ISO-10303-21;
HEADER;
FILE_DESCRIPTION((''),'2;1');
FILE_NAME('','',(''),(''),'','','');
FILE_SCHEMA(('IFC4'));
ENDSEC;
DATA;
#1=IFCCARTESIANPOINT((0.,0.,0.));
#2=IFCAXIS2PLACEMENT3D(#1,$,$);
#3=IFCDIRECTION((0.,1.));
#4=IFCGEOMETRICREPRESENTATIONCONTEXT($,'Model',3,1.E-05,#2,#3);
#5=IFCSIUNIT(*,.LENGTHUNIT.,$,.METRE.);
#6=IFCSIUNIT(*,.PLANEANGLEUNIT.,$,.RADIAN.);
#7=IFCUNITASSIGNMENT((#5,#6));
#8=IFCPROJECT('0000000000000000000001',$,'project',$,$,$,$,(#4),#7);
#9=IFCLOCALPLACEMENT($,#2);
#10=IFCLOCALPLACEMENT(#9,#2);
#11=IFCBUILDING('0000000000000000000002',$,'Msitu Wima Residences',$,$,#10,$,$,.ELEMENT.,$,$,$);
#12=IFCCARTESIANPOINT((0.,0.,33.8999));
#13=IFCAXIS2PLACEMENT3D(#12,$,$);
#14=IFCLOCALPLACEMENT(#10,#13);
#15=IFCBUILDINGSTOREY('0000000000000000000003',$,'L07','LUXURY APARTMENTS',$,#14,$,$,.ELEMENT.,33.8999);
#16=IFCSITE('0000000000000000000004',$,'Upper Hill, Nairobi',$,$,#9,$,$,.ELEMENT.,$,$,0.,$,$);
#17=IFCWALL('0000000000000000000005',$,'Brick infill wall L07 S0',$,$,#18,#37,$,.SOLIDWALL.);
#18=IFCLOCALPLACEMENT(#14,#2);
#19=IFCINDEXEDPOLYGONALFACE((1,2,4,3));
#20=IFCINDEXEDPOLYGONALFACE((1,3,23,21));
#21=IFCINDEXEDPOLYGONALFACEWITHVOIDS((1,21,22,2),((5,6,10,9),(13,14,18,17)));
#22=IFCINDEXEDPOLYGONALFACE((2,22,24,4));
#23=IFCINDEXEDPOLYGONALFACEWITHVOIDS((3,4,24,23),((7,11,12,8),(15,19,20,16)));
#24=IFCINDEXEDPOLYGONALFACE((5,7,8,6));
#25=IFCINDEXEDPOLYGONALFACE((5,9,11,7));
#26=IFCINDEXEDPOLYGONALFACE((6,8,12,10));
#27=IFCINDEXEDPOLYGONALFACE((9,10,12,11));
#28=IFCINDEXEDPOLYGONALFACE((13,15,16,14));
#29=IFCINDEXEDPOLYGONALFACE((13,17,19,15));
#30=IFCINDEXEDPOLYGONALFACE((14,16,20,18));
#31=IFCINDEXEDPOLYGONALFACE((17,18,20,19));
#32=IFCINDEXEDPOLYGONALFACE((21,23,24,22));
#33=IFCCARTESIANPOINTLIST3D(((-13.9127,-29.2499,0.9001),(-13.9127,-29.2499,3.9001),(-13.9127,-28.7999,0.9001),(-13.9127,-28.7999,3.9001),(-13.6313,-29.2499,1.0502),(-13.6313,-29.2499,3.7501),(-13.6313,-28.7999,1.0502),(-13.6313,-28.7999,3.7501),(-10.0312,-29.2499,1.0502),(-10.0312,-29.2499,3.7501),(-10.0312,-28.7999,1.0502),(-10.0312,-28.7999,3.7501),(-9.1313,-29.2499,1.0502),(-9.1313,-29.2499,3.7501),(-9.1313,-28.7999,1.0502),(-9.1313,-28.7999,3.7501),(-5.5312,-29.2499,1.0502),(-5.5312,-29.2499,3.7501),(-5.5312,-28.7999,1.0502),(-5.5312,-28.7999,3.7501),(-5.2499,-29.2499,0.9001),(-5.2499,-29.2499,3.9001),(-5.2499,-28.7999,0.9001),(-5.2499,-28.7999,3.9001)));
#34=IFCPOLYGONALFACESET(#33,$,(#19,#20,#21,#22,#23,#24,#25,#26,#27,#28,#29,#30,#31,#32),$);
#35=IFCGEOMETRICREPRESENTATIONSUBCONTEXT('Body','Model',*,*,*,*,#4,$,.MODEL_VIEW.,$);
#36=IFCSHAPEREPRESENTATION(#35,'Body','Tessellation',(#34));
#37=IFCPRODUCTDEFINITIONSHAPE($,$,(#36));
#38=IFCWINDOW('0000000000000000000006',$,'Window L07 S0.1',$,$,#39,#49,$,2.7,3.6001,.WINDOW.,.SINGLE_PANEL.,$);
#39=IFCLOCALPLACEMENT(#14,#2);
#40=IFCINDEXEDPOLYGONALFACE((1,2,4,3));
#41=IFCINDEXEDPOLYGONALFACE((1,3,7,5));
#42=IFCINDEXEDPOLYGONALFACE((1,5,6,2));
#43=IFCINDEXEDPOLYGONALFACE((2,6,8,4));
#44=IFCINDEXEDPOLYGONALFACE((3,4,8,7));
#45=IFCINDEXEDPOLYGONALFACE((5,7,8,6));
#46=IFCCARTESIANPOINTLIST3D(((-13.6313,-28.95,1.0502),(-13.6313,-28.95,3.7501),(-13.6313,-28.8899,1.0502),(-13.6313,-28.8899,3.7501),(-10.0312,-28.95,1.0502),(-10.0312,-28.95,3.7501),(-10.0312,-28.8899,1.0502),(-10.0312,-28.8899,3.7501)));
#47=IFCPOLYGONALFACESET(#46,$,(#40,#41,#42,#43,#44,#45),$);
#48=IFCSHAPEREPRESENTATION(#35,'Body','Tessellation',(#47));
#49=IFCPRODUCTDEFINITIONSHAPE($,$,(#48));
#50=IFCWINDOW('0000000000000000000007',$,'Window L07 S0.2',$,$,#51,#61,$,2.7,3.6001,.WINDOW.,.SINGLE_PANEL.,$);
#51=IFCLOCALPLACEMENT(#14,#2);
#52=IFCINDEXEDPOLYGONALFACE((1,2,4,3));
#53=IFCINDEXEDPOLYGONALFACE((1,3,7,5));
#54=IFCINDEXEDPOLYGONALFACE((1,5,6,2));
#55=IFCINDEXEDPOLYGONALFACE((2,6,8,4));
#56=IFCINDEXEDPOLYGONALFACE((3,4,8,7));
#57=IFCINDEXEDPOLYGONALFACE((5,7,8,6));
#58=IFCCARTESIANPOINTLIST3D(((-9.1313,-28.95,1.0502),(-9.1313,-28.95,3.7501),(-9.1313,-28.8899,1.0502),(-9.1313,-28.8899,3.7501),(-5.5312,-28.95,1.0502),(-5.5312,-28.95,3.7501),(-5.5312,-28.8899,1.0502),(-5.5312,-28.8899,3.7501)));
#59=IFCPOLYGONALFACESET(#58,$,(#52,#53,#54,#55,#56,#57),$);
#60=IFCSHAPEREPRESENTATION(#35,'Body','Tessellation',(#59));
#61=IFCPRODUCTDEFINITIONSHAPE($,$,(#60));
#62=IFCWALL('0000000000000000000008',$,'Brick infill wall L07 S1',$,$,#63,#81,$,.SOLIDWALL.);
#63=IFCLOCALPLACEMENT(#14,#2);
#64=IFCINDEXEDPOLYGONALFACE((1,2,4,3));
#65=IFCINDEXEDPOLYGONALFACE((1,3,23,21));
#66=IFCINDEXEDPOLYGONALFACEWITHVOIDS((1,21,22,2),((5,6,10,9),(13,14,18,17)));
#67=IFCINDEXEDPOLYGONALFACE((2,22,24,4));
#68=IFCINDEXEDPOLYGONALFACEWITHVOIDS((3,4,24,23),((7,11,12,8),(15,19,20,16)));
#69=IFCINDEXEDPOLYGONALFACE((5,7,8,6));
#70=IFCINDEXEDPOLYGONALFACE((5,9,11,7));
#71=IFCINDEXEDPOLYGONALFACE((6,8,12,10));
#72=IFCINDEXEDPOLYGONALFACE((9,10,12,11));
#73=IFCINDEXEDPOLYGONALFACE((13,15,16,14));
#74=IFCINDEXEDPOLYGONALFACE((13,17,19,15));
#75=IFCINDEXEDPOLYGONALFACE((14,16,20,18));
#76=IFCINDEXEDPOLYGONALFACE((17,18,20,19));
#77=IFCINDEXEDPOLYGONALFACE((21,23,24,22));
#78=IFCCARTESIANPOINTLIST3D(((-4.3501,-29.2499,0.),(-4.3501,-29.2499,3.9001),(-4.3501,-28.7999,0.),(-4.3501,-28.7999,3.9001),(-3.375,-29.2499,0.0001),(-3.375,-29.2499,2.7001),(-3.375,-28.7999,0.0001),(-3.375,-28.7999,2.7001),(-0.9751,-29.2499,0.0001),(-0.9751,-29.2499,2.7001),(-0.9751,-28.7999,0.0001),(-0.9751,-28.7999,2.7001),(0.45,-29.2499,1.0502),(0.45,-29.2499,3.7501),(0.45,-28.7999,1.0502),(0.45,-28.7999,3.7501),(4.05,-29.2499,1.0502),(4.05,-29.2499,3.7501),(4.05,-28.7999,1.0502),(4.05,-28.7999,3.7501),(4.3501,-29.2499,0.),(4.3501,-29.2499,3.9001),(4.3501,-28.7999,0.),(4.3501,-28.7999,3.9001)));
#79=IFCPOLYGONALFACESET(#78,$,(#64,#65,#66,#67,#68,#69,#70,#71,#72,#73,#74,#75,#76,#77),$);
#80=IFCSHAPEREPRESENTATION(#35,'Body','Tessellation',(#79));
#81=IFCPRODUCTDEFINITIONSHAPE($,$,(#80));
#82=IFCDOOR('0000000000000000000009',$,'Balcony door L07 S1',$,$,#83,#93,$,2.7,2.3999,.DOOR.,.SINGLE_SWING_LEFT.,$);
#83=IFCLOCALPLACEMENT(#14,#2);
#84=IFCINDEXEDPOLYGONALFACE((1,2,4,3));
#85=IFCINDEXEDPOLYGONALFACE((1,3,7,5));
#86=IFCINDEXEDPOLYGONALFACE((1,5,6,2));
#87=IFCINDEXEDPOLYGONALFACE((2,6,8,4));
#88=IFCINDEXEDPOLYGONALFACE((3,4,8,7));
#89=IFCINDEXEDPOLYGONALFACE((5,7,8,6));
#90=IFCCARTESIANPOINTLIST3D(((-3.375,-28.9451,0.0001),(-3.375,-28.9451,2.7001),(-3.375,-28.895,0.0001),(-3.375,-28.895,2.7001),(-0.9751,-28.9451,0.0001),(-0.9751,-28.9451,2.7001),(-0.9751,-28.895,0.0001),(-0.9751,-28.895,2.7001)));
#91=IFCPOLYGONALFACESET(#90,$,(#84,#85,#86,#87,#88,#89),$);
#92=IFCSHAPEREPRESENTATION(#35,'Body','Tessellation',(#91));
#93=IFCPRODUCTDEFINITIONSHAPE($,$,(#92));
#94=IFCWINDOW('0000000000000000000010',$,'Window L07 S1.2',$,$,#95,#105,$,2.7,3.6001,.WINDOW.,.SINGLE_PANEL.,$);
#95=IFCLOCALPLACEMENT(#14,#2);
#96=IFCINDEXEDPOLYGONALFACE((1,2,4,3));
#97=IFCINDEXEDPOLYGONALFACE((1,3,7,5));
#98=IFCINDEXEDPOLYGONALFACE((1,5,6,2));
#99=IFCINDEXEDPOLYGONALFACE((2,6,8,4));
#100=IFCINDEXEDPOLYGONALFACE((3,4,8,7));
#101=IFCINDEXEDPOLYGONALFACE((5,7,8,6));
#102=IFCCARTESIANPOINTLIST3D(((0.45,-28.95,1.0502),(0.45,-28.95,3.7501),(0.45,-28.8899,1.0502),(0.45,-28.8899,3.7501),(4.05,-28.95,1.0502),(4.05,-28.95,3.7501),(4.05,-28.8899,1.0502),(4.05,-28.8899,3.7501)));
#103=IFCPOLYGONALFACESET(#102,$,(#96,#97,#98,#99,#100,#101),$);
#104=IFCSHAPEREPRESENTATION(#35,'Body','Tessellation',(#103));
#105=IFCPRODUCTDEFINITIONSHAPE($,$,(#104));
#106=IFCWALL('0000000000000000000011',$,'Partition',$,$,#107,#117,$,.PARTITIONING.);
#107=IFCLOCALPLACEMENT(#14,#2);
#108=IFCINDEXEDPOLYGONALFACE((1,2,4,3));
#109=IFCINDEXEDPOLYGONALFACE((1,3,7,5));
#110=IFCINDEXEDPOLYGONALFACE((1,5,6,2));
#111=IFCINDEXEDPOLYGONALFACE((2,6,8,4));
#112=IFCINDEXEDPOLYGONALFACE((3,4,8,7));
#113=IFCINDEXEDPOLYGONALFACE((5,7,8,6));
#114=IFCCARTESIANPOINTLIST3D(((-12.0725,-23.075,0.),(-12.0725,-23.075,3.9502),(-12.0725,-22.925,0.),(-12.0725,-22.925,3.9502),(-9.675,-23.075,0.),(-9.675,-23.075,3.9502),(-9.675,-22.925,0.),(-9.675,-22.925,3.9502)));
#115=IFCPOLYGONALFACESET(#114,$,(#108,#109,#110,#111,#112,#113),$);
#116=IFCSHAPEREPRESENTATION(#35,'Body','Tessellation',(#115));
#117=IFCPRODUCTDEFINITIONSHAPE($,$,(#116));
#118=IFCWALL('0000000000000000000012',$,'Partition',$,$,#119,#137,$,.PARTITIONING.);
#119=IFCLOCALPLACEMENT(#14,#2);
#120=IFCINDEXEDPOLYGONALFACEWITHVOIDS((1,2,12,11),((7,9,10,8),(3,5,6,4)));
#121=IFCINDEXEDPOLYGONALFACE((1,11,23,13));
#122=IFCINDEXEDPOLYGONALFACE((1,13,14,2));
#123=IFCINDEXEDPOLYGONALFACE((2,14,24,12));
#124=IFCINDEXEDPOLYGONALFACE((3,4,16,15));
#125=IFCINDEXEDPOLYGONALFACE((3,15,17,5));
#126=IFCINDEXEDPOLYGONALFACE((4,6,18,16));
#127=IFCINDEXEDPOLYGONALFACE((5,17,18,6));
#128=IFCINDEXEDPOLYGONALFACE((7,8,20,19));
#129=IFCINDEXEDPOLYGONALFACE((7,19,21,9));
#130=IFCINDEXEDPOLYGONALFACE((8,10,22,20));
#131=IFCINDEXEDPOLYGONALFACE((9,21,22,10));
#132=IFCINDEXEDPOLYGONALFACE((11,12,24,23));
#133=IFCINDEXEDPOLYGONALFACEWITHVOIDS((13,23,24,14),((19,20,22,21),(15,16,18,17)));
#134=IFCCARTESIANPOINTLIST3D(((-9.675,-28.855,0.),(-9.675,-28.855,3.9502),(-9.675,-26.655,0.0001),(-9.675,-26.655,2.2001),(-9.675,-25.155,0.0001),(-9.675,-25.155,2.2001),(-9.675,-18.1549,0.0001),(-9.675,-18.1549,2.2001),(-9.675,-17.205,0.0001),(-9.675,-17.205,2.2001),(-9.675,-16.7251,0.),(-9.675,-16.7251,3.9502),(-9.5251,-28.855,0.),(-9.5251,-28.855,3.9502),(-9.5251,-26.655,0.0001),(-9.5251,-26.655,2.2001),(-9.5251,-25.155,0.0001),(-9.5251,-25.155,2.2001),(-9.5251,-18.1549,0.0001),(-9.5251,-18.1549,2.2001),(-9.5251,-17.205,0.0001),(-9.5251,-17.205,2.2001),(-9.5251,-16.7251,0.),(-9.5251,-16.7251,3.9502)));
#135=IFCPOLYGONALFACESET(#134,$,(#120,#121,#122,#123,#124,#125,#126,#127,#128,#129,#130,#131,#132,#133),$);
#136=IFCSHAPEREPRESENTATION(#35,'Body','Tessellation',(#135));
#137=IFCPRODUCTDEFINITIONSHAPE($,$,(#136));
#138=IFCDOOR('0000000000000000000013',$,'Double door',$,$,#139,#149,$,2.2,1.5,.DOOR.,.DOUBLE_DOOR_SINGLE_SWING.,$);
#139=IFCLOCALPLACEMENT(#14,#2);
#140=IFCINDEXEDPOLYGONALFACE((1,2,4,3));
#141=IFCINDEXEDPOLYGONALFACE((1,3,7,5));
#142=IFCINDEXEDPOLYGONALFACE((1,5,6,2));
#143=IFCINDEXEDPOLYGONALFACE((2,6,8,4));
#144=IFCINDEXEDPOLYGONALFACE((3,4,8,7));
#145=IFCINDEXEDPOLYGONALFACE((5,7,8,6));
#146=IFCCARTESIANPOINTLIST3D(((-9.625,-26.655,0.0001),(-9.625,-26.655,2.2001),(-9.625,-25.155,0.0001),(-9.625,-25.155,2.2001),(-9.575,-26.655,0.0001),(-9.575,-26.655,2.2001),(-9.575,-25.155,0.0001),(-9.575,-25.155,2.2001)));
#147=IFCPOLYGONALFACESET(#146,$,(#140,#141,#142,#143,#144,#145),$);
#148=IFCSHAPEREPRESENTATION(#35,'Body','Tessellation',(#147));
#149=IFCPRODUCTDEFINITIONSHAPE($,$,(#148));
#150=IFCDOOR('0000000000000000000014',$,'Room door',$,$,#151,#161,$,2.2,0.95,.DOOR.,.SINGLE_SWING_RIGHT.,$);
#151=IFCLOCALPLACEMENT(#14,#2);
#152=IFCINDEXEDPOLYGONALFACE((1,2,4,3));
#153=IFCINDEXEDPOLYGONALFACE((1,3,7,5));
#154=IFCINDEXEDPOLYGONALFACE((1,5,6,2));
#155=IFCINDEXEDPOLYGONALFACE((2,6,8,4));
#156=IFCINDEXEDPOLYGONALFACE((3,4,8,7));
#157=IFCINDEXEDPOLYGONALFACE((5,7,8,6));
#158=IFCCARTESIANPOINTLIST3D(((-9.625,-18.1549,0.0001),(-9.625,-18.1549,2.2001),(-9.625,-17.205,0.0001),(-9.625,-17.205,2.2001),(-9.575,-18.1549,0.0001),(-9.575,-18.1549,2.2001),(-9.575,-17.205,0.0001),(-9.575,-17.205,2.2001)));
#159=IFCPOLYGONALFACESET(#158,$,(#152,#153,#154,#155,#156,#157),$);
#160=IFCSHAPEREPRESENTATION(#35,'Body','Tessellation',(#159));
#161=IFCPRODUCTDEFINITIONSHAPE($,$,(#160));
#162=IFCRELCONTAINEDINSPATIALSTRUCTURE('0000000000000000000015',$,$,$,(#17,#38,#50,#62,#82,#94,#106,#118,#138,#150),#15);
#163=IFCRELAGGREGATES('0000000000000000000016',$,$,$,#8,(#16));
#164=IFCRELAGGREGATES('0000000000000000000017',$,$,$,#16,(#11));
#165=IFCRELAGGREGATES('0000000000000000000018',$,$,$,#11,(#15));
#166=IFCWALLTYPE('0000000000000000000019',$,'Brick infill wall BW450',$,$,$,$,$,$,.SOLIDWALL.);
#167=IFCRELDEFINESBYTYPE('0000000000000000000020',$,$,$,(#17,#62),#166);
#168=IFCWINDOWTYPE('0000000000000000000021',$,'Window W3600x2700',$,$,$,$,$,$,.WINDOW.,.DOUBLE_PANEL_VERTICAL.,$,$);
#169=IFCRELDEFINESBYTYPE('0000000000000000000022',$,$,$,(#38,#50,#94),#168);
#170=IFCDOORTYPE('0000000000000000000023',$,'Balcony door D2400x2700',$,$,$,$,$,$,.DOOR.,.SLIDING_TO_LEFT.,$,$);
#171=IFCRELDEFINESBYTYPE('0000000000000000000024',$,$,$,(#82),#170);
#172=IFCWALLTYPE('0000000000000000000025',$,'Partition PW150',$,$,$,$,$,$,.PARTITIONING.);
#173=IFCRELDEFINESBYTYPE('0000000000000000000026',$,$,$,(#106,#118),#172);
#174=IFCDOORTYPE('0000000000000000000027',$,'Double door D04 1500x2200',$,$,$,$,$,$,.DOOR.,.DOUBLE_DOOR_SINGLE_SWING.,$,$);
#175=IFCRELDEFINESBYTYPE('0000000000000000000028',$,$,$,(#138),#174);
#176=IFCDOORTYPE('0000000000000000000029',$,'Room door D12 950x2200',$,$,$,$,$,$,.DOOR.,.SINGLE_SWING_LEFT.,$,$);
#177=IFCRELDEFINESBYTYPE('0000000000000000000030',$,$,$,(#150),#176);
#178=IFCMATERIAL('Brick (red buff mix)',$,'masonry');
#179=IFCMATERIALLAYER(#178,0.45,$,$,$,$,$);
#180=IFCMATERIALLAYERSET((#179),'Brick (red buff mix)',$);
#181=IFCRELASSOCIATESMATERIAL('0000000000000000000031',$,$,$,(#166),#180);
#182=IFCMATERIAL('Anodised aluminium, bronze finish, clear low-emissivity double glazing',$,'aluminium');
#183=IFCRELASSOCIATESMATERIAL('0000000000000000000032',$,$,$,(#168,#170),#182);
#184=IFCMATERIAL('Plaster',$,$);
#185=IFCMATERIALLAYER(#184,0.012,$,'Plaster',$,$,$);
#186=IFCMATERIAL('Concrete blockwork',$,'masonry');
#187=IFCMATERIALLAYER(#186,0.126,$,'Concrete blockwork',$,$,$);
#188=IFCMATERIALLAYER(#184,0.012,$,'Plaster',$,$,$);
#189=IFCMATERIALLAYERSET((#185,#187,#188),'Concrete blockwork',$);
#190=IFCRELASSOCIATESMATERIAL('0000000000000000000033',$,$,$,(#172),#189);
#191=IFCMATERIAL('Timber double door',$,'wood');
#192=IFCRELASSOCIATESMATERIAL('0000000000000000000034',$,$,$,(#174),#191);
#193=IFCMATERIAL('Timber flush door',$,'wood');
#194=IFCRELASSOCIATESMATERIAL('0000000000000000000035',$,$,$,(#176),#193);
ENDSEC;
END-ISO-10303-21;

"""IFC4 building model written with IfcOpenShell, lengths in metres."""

from ifc_helpers import new_model, si_unit, direction, frame, frame_2d, origin, place, context, subcontext, project, spatial, rectangle, extrude, material, layer, layer_set, type_object, element, fill, save


model = new_model("IFC4")

# Units and contexts
model_context = context("Model", 3, precision=1e-05, world=origin(), true_north=direction((0.0, 1.0)))
body_context = subcontext(model_context, "Body", "Model", "MODEL_VIEW")
ifc_project = project(units=[si_unit("LENGTHUNIT", "METRE"), si_unit("PLANEANGLEUNIT", "RADIAN")], contexts=[model_context])

# Site, building, storey
site_placement = place(None, origin())
site = spatial("IfcSite", under=ifc_project, at=site_placement, Name="Upper Hill, Nairobi", CompositionType="ELEMENT", RefElevation=0.0)
building_placement = place(site_placement, origin())
building = spatial("IfcBuilding", under=site, at=building_placement, Name="Msitu Wima Residences", CompositionType="ELEMENT")
storey_placement = place(building_placement, frame((0.0, 0.0, 33.8999)))
storey = spatial("IfcBuildingStorey", under=building, at=storey_placement, Name="L07", Description="LUXURY APARTMENTS", CompositionType="ELEMENT", Elevation=33.8999)

# Wall, openings, windows
ifc_material_1 = material(Name="Brick (red buff mix)", Category="masonry")
ifc_layer_1 = layer(ifc_material_1, 0.45)
ifc_layer_set_1 = layer_set([ifc_layer_1], Name="Brick (red buff mix)")
wall_type_1 = type_object("IfcWallType", Name="Brick infill wall BW450", PredefinedType="SOLIDWALL", material=ifc_layer_set_1)
wall_1_placement = place(storey_placement, frame((-13.9128, -29.0249, 0.9001), z_axis=(0.0, 0.0, 1.0), x_axis=(1.0, 0.0, 0.0)))
wall_1 = element("IfcWall", 1, at=wall_1_placement, inside=storey, type_object=wall_type_1, Name="Brick infill wall L07 S0", PredefinedType="SOLIDWALL", context=body_context, shape_type="SweptSolid", body=[
    extrude(rectangle(XDim=8.6628, YDim=0.45, at=frame_2d((4.3315, 0.0))), origin(), (0.0, 0.0, 1.0), 3.0),
])
opening_1_placement = place(wall_1_placement, frame((0.2815, 0.0, 0.1499)))
opening_1 = element("IfcOpeningElement", 2, at=opening_1_placement, cuts=wall_1, PredefinedType="OPENING", context=body_context, shape_type="SweptSolid", body=[
    extrude(rectangle(XDim=3.6001, YDim=2.7, at=frame_2d((1.8, 1.3501))), frame((0.0, 0.2349, 0.0), z_axis=(0.0, -1.0, 0.0), x_axis=(1.0, 0.0, 0.0)), (0.0, 0.0, 1.0), 0.47),
])
opening_2_placement = place(wall_1_placement, frame((4.7815, 0.0, 0.1499)))
opening_2 = element("IfcOpeningElement", 3, at=opening_2_placement, cuts=wall_1, PredefinedType="OPENING", context=body_context, shape_type="SweptSolid", body=[
    extrude(rectangle(XDim=3.6001, YDim=2.7, at=frame_2d((1.8, 1.3501))), frame((0.0, 0.2349, 0.0), z_axis=(0.0, -1.0, 0.0), x_axis=(1.0, 0.0, 0.0)), (0.0, 0.0, 1.0), 0.47),
])
ifc_material_2 = material(Name="Anodised aluminium, bronze finish, clear low-emissivity double glazing", Category="aluminium")
window_type = type_object("IfcWindowType", Name="Window W3600x2700", PartitioningType="DOUBLE_PANEL_VERTICAL", PredefinedType="WINDOW", material=ifc_material_2)
window_1_placement = place(opening_1_placement, origin())
window_1 = element("IfcWindow", 4, at=window_1_placement, inside=storey, type_object=window_type, Name="Window L07 S0.1", OverallHeight=2.7, OverallWidth=3.6001, PartitioningType="SINGLE_PANEL", PredefinedType="WINDOW", context=body_context, shape_type="SweptSolid", body=[
    extrude(rectangle(XDim=3.6001, YDim=2.7, at=frame_2d((1.8, 1.3501))), frame((0.0, 0.135, 0.0), z_axis=(0.0, -1.0, 0.0), x_axis=(1.0, 0.0, 0.0)), (0.0, 0.0, 1.0), 0.0601),
])
fill(opening_1, window_1)
window_2_placement = place(opening_2_placement, origin())
window_2 = element("IfcWindow", 5, at=window_2_placement, inside=storey, type_object=window_type, Name="Window L07 S0.2", OverallHeight=2.7, OverallWidth=3.6001, PartitioningType="SINGLE_PANEL", PredefinedType="WINDOW", context=body_context, shape_type="SweptSolid", body=[
    extrude(rectangle(XDim=3.6001, YDim=2.7, at=frame_2d((1.8, 1.3501))), frame((0.0, 0.135, 0.0), z_axis=(0.0, -1.0, 0.0), x_axis=(1.0, 0.0, 0.0)), (0.0, 0.0, 1.0), 0.0601),
])
fill(opening_2, window_2)

# Wall, openings, door, window
wall_2_placement = place(storey_placement, frame((-4.3501, -29.0249, 0.0), z_axis=(0.0, 0.0, 1.0), x_axis=(1.0, 0.0, 0.0)))
wall_2 = element("IfcWall", 6, at=wall_2_placement, inside=storey, type_object=wall_type_1, Name="Brick infill wall L07 S1", PredefinedType="SOLIDWALL", context=body_context, shape_type="SweptSolid", body=[
    extrude(rectangle(XDim=8.7002, YDim=0.45, at=frame_2d((4.3501, 0.0))), origin(), (0.0, 0.0, 1.0), 3.9001),
])
opening_3_placement = place(wall_2_placement, frame((0.9751, 0.0, 0.0)))
opening_3 = element("IfcOpeningElement", 7, at=opening_3_placement, cuts=wall_2, PredefinedType="OPENING", context=body_context, shape_type="SweptSolid", body=[
    extrude(rectangle(XDim=2.3999, YDim=2.7, at=frame_2d((1.2, 1.3501))), frame((0.0, 0.2349, 0.0), z_axis=(0.0, -1.0, 0.0), x_axis=(1.0, 0.0, 0.0)), (0.0, 0.0, 1.0), 0.47),
])
opening_4_placement = place(wall_2_placement, frame((4.8, 0.0, 1.05)))
opening_4 = element("IfcOpeningElement", 8, at=opening_4_placement, cuts=wall_2, PredefinedType="OPENING", context=body_context, shape_type="SweptSolid", body=[
    extrude(rectangle(XDim=3.6001, YDim=2.7, at=frame_2d((1.8, 1.3501))), frame((0.0, 0.2349, 0.0), z_axis=(0.0, -1.0, 0.0), x_axis=(1.0, 0.0, 0.0)), (0.0, 0.0, 1.0), 0.47),
])
door_type_1 = type_object("IfcDoorType", Name="Balcony door D2400x2700", OperationType="SLIDING_TO_LEFT", PredefinedType="DOOR", material=ifc_material_2)
door_1_placement = place(opening_3_placement, origin())
door_1 = element("IfcDoor", 9, at=door_1_placement, inside=storey, type_object=door_type_1, Name="Balcony door L07 S1", OperationType="SINGLE_SWING_LEFT", OverallHeight=2.7, OverallWidth=2.3999, PredefinedType="DOOR", context=body_context, shape_type="SweptSolid", body=[
    extrude(rectangle(XDim=2.3999, YDim=2.7, at=frame_2d((1.2, 1.3501))), frame((0.0, 0.1299, 0.0), z_axis=(0.0, -1.0, 0.0), x_axis=(1.0, 0.0, 0.0)), (0.0, 0.0, 1.0), 0.05),
])
fill(opening_3, door_1)
window_3_placement = place(opening_4_placement, origin())
window_3 = element("IfcWindow", 10, at=window_3_placement, inside=storey, type_object=window_type, Name="Window L07 S1.2", OverallHeight=2.7, OverallWidth=3.6001, PartitioningType="SINGLE_PANEL", PredefinedType="WINDOW", context=body_context, shape_type="SweptSolid", body=[
    extrude(rectangle(XDim=3.6001, YDim=2.7, at=frame_2d((1.8, 1.3501))), frame((0.0, 0.135, 0.0), z_axis=(0.0, -1.0, 0.0), x_axis=(1.0, 0.0, 0.0)), (0.0, 0.0, 1.0), 0.0601),
])
fill(opening_4, window_3)

# Wall
ifc_material_3 = material(Name="Plaster")
ifc_layer_2 = layer(ifc_material_3, 0.012, Name="Plaster")
ifc_material_4 = material(Name="Concrete blockwork", Category="masonry")
ifc_layer_3 = layer(ifc_material_4, 0.126, Name="Concrete blockwork")
ifc_layer_4 = layer(ifc_material_3, 0.012, Name="Plaster")
ifc_layer_set_2 = layer_set([ifc_layer_2, ifc_layer_3, ifc_layer_4], Name="Concrete blockwork")
wall_type_2 = type_object("IfcWallType", Name="Partition PW150", PredefinedType="PARTITIONING", material=ifc_layer_set_2)
wall_3_placement = place(storey_placement, frame((-12.0725, -23.0, 0.0), z_axis=(0.0, 0.0, 1.0), x_axis=(1.0, 0.0, 0.0)))
element("IfcWall", 11, at=wall_3_placement, inside=storey, type_object=wall_type_2, Name="Partition", PredefinedType="PARTITIONING", context=body_context, shape_type="SweptSolid", body=[
    extrude(rectangle(XDim=2.3975, YDim=0.1499, at=frame_2d((1.1987, 0.0))), origin(), (0.0, 0.0, 1.0), 3.9502),
])

# Wall, openings, doors
wall_4_placement = place(storey_placement, frame((-9.6001, -28.855, 0.0), z_axis=(0.0, 0.0, 1.0), x_axis=(0.0, 1.0, 0.0)))
wall_4 = element("IfcWall", 12, at=wall_4_placement, inside=storey, type_object=wall_type_2, Name="Partition", PredefinedType="PARTITIONING", context=body_context, shape_type="SweptSolid", body=[
    extrude(rectangle(XDim=12.1299, YDim=0.1499, at=frame_2d((6.0649, 0.0))), origin(), (0.0, 0.0, 1.0), 3.9502),
])
opening_5_placement = place(wall_4_placement, frame((10.7, 0.0, 0.0)))
opening_5 = element("IfcOpeningElement", 13, at=opening_5_placement, cuts=wall_4, PredefinedType="OPENING", context=body_context, shape_type="SweptSolid", body=[
    extrude(rectangle(XDim=0.95, YDim=2.2, at=frame_2d((0.4751, 1.1001))), frame((0.0, 0.085, 0.0), z_axis=(0.0, -1.0, 0.0), x_axis=(1.0, 0.0, 0.0)), (0.0, 0.0, 1.0), 0.1699),
])
opening_6_placement = place(wall_4_placement, frame((2.2, 0.0, 0.0)))
opening_6 = element("IfcOpeningElement", 14, at=opening_6_placement, cuts=wall_4, PredefinedType="OPENING", context=body_context, shape_type="SweptSolid", body=[
    extrude(rectangle(XDim=1.5, YDim=2.2, at=frame_2d((0.75, 1.1001))), frame((0.0, 0.085, 0.0), z_axis=(0.0, -1.0, 0.0), x_axis=(1.0, 0.0, 0.0)), (0.0, 0.0, 1.0), 0.1699),
])
ifc_material_5 = material(Name="Timber double door", Category="wood")
door_type_2 = type_object("IfcDoorType", Name="Double door D04 1500x2200", OperationType="DOUBLE_DOOR_SINGLE_SWING", PredefinedType="DOOR", material=ifc_material_5)
door_2_placement = place(opening_6_placement, origin())
door_2 = element("IfcDoor", 15, at=door_2_placement, inside=storey, type_object=door_type_2, Name="Double door", OperationType="DOUBLE_DOOR_SINGLE_SWING", OverallHeight=2.2, OverallWidth=1.5, PredefinedType="DOOR", context=body_context, shape_type="SweptSolid", body=[
    extrude(rectangle(XDim=1.5, YDim=2.2, at=frame_2d((0.75, 1.1001))), frame((0.0, 0.0249, 0.0), z_axis=(0.0, -1.0, 0.0), x_axis=(1.0, 0.0, 0.0)), (0.0, 0.0, 1.0), 0.05),
])
fill(opening_6, door_2)
ifc_material_6 = material(Name="Timber flush door", Category="wood")
door_type_3 = type_object("IfcDoorType", Name="Room door D12 950x2200", OperationType="SINGLE_SWING_LEFT", PredefinedType="DOOR", material=ifc_material_6)
door_3_placement = place(opening_5_placement, origin())
door_3 = element("IfcDoor", 16, at=door_3_placement, inside=storey, type_object=door_type_3, Name="Room door", OperationType="SINGLE_SWING_RIGHT", OverallHeight=2.2, OverallWidth=0.95, PredefinedType="DOOR", context=body_context, shape_type="SweptSolid", body=[
    extrude(rectangle(XDim=0.95, YDim=2.2, at=frame_2d((0.4751, 1.1001))), frame((0.0, 0.0249, 0.0), z_axis=(0.0, -1.0, 0.0), x_axis=(1.0, 0.0, 0.0)), (0.0, 0.0, 1.0), 0.05),
])
fill(opening_5, door_3)

save(model, "model.ifc")
